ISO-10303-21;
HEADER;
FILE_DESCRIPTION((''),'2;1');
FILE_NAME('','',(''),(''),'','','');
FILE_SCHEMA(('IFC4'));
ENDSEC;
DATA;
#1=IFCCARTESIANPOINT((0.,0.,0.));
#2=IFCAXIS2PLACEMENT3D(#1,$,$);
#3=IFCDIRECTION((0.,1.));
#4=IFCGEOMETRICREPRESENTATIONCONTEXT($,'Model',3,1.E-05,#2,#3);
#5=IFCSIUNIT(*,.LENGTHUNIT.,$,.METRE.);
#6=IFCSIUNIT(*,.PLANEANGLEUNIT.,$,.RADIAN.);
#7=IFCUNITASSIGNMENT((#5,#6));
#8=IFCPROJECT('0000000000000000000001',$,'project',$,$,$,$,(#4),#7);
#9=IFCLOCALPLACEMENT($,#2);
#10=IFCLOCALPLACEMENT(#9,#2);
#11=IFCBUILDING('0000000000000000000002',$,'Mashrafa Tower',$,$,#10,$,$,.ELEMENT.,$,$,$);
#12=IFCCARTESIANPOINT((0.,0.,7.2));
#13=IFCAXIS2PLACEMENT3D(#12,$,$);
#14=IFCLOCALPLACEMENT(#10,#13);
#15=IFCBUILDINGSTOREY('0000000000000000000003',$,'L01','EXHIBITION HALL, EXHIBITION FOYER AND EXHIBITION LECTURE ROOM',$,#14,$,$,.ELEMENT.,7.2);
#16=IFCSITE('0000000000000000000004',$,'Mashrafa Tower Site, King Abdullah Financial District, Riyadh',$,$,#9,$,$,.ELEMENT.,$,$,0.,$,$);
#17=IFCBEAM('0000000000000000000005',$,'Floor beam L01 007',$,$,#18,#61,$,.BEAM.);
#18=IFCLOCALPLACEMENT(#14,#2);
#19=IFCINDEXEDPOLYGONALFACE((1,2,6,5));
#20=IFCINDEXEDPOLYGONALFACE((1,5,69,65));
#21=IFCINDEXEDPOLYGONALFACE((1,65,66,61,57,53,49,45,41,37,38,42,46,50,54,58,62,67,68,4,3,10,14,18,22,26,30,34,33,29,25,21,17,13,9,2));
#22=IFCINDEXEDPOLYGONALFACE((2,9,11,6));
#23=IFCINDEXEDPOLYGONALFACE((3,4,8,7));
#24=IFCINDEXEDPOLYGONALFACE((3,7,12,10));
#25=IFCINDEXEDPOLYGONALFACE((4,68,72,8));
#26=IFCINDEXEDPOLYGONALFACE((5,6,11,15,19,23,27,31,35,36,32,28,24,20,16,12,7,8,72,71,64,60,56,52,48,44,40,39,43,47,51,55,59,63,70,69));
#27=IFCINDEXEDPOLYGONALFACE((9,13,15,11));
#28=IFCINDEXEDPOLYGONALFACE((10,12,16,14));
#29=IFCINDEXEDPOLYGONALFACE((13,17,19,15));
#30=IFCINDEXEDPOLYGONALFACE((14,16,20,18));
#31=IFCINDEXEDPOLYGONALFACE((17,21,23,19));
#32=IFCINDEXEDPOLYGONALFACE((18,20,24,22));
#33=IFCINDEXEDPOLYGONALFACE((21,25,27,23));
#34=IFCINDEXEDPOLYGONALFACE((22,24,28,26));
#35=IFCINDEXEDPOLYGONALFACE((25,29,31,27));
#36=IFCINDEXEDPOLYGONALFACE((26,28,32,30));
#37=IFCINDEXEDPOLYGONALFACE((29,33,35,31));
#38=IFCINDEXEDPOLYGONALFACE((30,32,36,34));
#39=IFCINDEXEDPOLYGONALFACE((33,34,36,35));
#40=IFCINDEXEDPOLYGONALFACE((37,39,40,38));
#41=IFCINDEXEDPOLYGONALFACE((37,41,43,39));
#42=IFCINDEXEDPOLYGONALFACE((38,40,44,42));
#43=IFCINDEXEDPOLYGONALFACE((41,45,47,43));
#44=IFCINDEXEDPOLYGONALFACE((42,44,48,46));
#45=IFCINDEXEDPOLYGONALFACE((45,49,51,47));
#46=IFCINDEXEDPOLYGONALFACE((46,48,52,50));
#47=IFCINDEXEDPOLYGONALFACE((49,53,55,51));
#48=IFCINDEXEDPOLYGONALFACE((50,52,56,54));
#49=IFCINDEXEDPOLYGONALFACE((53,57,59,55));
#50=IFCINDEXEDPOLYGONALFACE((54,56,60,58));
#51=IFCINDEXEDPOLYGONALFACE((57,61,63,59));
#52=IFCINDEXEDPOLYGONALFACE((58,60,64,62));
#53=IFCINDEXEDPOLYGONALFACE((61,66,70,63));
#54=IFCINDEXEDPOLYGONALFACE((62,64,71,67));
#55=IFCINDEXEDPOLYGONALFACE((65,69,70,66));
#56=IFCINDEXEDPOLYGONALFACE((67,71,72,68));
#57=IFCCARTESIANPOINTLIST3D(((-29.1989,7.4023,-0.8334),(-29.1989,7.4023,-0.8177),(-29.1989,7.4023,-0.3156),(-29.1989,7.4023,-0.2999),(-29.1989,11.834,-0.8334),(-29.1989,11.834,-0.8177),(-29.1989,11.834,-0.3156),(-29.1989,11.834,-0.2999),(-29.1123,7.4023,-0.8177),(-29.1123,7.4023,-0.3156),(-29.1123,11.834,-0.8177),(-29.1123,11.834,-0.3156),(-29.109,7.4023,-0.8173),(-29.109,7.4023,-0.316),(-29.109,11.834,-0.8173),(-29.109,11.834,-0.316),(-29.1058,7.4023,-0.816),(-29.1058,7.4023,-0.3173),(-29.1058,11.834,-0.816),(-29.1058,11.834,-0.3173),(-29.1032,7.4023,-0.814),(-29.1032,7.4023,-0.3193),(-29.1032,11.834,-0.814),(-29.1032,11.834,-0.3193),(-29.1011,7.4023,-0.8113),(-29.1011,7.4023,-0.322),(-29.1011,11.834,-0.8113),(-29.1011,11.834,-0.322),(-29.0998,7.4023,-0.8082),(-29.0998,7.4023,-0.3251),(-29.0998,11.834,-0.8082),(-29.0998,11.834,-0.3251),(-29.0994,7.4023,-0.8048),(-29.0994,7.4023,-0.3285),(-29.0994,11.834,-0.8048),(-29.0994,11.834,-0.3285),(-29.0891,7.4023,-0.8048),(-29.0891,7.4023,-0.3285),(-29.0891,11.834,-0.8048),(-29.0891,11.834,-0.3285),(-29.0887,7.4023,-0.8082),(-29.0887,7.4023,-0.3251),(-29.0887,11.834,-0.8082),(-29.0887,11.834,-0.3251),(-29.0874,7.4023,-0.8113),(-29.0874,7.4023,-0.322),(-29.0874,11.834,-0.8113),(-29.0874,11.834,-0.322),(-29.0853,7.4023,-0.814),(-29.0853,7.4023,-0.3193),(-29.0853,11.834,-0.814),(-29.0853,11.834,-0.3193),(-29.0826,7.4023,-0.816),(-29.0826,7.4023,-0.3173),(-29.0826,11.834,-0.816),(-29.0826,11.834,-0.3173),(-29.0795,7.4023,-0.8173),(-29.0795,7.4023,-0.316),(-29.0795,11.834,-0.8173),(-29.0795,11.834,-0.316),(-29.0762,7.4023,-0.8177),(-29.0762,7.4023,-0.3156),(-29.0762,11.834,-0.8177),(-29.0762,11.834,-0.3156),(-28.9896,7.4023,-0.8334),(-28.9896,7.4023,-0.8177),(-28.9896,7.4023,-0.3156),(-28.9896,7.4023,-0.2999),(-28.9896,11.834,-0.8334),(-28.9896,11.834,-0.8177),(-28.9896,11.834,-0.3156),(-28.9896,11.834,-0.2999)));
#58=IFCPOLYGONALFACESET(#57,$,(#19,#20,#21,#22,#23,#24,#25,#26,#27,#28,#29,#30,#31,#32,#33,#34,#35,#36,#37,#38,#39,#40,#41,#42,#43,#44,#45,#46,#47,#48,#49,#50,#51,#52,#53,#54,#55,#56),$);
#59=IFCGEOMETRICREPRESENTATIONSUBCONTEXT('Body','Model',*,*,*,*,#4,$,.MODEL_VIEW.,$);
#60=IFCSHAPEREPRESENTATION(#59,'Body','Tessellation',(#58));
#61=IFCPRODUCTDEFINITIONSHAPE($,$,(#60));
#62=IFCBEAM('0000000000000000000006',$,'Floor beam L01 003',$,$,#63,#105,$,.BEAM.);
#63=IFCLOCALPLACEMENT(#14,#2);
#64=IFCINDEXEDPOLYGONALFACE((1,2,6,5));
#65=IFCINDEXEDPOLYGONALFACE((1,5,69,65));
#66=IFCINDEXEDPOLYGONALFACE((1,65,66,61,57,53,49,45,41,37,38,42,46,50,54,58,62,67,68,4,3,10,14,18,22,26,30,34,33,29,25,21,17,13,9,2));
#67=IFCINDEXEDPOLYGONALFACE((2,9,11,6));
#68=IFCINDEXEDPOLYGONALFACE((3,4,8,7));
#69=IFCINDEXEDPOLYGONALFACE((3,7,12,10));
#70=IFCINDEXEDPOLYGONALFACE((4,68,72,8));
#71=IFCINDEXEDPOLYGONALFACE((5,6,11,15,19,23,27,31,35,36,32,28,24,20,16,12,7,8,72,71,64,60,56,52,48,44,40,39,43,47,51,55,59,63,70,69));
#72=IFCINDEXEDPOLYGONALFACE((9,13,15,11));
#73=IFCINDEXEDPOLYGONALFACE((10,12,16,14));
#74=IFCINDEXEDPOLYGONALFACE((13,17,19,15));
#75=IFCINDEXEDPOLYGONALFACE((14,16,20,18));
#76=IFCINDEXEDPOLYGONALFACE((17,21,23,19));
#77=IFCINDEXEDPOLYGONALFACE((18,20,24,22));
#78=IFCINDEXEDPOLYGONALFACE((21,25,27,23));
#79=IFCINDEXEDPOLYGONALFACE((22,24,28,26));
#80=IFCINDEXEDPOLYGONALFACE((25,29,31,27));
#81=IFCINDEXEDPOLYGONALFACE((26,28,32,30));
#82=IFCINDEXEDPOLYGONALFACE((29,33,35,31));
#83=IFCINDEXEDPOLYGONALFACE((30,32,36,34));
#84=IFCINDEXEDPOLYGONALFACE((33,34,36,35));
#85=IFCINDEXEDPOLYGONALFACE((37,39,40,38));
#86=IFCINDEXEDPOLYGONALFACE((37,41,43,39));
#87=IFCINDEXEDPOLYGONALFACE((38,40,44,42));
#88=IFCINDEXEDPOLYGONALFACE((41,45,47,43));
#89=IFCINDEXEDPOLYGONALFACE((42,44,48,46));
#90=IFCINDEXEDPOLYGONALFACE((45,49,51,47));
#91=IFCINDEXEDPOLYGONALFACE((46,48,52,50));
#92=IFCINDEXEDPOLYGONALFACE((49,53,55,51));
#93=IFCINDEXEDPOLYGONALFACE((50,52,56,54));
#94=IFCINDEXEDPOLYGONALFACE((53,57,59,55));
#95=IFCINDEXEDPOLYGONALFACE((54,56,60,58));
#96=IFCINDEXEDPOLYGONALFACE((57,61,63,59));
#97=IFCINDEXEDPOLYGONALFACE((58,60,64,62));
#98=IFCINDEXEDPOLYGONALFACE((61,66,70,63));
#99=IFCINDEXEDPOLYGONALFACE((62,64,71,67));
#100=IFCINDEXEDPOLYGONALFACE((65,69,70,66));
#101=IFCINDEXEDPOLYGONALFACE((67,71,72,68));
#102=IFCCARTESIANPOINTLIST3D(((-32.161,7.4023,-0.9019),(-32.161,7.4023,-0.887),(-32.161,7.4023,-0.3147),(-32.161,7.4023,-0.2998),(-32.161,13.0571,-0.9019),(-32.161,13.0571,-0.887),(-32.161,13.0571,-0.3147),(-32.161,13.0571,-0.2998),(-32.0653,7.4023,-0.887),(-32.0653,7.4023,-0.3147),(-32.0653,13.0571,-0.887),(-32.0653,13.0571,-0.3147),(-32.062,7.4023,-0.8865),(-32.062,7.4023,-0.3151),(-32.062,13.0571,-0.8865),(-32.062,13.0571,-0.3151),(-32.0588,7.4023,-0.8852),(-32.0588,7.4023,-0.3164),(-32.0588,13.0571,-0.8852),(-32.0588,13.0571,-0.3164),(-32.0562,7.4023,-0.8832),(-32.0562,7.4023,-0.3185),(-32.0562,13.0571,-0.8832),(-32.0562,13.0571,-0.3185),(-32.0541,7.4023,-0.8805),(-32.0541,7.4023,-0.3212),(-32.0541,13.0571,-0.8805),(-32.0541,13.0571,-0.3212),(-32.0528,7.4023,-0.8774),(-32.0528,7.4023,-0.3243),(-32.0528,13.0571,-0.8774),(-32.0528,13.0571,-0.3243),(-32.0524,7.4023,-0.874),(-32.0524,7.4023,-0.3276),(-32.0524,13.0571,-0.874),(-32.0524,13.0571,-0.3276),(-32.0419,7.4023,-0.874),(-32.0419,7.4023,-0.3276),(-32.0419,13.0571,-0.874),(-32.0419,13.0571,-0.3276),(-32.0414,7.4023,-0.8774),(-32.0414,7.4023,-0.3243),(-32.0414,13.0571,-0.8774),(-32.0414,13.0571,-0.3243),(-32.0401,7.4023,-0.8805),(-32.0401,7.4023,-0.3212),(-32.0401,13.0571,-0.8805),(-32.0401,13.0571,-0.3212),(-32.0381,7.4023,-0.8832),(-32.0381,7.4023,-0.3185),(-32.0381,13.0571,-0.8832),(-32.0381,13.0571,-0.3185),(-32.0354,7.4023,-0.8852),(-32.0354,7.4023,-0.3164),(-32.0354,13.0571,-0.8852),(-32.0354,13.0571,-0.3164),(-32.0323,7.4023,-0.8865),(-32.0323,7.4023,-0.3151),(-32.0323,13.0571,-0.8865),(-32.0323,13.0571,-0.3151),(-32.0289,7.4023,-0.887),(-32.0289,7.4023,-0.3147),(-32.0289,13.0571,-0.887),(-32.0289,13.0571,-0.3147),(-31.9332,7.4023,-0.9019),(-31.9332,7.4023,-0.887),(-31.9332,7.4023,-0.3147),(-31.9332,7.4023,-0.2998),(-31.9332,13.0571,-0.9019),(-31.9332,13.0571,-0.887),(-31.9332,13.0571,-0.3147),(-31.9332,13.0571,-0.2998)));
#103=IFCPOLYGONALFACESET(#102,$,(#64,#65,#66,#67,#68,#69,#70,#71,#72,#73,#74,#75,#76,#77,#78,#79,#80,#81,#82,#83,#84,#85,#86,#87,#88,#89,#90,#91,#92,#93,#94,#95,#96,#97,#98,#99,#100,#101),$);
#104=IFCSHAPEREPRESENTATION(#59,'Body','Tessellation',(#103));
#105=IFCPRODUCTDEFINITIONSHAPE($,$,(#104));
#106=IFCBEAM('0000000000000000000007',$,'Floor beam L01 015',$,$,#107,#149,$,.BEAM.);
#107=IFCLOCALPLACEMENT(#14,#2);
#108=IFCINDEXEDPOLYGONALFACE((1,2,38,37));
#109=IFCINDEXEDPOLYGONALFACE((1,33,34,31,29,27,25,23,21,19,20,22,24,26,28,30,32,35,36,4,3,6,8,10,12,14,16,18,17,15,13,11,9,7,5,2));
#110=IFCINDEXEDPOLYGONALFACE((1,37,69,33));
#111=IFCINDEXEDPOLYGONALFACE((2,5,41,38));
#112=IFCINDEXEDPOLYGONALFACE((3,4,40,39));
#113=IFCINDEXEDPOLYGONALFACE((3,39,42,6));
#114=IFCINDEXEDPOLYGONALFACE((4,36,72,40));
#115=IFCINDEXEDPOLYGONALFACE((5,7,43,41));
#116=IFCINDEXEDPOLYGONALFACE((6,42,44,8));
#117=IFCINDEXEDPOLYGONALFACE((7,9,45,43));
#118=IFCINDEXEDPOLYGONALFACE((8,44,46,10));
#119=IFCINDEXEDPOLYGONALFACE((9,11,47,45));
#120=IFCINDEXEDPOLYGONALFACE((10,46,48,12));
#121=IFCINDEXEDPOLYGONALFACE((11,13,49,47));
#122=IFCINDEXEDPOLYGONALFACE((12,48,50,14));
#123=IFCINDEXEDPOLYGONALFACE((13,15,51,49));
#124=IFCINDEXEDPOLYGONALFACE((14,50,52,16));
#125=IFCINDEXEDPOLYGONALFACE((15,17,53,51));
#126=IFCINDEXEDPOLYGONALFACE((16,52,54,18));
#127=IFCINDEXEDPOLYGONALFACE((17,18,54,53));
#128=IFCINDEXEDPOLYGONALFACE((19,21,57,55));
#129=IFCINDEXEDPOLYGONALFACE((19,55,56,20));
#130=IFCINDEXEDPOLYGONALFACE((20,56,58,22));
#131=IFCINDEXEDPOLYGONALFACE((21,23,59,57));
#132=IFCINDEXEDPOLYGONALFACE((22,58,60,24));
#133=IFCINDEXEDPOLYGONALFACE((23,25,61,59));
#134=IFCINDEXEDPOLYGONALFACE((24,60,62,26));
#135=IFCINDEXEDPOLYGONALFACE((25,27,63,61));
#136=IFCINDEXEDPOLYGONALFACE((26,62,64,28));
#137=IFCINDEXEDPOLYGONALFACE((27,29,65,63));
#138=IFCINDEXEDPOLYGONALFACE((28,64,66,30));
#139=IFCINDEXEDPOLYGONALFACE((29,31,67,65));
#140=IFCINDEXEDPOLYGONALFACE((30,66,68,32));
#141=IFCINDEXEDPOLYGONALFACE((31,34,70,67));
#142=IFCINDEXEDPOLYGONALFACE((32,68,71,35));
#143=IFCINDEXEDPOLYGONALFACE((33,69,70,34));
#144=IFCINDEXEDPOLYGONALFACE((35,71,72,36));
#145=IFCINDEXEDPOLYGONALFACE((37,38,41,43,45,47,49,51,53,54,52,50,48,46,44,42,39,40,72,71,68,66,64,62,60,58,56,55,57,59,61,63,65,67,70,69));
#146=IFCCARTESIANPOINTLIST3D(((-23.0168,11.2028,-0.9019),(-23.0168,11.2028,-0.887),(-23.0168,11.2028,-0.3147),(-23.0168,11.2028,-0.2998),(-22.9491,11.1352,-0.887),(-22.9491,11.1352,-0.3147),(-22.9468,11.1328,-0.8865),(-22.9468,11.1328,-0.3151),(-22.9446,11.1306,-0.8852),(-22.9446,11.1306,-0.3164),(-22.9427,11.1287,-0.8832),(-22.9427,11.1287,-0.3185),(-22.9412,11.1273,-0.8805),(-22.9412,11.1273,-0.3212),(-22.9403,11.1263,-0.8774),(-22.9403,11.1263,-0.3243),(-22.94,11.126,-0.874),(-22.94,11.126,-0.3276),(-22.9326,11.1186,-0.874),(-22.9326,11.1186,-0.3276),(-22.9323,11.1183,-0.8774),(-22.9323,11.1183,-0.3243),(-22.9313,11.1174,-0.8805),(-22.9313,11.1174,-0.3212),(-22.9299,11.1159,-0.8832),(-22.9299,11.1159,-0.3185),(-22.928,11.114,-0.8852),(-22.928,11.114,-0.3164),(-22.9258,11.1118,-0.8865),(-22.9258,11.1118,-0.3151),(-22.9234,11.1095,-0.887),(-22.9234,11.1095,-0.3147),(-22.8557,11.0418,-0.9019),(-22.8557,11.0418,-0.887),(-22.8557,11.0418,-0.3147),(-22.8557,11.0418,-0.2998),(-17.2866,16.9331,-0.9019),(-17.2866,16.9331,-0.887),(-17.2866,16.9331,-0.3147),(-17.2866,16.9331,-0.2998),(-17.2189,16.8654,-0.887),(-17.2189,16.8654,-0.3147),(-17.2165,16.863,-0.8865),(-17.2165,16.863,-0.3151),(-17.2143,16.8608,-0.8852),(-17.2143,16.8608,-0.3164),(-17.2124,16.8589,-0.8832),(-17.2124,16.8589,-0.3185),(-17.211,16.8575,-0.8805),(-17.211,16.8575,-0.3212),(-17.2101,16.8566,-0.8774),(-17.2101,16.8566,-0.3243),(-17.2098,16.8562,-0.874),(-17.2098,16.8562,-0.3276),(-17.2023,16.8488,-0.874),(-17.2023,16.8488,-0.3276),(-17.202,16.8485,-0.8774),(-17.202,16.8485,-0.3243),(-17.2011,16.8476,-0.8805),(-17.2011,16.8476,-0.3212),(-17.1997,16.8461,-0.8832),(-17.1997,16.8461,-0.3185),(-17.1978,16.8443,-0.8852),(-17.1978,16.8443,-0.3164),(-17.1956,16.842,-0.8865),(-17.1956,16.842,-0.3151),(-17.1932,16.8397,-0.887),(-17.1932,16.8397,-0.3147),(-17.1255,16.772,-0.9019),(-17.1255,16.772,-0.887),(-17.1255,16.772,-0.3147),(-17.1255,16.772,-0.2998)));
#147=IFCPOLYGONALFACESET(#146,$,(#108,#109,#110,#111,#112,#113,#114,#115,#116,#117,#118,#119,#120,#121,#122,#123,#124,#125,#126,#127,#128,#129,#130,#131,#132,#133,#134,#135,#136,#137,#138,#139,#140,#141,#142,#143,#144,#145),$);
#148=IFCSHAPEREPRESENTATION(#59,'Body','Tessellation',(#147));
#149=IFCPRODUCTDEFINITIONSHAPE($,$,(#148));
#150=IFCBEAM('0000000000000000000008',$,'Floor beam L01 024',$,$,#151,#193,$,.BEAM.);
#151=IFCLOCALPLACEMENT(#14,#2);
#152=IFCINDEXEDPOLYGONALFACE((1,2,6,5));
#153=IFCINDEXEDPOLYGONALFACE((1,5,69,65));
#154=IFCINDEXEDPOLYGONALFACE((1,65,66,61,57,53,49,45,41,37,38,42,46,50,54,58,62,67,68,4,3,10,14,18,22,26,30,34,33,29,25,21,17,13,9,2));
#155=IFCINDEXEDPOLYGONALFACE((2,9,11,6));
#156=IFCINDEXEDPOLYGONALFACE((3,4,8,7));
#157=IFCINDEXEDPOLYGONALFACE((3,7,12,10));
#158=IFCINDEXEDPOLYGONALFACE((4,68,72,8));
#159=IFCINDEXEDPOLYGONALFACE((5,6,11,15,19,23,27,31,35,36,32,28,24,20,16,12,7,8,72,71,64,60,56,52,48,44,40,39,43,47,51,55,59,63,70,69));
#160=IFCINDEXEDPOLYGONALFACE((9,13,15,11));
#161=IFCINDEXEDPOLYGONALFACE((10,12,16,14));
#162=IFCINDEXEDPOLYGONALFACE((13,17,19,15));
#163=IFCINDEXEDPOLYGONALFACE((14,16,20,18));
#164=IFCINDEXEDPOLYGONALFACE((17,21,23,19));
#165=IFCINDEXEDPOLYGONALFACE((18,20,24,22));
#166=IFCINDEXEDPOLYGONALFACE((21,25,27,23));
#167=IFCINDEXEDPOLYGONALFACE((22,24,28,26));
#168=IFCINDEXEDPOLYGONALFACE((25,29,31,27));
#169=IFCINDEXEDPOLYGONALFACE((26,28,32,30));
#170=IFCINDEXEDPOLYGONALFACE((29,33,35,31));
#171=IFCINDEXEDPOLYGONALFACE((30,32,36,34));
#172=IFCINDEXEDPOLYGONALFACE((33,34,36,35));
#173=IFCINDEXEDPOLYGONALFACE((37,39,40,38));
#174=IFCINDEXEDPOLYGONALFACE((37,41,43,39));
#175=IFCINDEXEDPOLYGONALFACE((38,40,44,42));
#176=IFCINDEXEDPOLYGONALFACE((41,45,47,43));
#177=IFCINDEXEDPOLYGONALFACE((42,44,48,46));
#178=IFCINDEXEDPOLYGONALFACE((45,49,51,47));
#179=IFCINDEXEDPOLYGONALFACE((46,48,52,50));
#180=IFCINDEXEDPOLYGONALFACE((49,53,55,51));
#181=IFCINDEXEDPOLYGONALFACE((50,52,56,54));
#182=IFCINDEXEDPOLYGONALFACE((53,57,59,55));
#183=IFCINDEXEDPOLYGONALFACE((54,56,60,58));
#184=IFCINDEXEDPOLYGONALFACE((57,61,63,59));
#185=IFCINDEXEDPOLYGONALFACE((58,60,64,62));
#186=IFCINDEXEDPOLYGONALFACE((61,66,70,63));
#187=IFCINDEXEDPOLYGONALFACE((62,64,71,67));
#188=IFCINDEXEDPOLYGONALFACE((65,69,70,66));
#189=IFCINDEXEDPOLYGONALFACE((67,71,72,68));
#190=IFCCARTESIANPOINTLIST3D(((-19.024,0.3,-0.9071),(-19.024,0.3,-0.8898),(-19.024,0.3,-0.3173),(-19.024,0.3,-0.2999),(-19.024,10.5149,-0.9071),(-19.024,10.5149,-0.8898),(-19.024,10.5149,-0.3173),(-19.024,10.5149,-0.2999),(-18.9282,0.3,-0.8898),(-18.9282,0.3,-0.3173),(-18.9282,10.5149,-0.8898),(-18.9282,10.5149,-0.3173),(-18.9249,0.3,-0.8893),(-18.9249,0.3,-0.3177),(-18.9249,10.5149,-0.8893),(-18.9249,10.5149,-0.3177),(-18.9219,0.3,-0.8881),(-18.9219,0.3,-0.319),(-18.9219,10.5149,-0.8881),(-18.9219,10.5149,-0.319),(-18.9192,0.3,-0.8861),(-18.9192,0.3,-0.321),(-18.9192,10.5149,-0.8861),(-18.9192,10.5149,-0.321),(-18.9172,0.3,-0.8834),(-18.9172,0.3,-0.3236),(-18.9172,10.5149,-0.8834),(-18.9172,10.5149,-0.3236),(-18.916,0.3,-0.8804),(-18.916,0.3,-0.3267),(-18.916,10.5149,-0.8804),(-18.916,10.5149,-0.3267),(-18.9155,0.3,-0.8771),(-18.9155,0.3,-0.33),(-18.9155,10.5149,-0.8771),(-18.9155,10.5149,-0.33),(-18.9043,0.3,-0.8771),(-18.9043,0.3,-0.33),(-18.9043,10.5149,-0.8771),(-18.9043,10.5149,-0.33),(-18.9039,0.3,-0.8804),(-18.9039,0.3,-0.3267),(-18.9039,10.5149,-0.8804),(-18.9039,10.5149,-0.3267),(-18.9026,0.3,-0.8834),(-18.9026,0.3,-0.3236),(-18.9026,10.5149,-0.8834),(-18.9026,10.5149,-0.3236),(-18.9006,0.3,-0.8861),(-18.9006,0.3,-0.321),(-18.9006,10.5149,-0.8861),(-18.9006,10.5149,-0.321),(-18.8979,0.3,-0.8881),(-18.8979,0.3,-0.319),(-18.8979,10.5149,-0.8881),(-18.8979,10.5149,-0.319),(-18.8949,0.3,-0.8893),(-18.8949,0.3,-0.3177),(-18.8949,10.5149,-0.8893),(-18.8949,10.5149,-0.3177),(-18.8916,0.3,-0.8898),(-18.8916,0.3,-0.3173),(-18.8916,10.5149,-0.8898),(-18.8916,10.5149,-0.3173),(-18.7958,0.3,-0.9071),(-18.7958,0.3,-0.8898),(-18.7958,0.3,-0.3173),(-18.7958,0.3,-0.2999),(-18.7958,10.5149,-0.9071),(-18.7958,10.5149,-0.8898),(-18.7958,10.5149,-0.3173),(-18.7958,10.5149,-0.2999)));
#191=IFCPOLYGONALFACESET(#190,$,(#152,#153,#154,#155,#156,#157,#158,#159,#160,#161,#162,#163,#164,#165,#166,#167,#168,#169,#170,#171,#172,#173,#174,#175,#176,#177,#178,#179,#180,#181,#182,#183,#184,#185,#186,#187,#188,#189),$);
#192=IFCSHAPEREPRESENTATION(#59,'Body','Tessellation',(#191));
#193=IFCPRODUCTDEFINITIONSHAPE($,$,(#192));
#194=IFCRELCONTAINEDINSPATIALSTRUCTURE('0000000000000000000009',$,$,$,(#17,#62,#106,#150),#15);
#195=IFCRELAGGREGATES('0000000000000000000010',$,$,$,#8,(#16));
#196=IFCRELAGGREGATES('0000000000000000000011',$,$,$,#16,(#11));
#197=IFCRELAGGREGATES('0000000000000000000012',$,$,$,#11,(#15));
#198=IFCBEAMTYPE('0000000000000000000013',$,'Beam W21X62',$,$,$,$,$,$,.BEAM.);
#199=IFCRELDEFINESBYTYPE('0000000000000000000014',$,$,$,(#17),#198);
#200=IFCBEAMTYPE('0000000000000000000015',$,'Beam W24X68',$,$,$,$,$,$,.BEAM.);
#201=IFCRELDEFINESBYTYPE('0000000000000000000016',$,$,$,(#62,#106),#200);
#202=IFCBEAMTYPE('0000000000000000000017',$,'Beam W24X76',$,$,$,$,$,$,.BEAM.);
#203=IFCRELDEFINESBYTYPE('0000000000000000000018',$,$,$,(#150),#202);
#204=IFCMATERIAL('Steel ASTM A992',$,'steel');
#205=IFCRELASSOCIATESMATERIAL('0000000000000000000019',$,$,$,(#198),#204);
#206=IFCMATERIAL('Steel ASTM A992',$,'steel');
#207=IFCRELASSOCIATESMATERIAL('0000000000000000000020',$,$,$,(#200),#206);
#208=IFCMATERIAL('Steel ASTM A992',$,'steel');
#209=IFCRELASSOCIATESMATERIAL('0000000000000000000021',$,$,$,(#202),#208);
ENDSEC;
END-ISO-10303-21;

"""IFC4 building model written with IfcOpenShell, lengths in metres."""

from ifc_helpers import new_model, si_unit, direction, frame, origin, origin_2d, place, context, subcontext, project, spatial, i_section, extrude, material, material_profile, profile_set, type_object, element, save


model = new_model("IFC4")

# Units and contexts
model_context = context("Model", 3, precision=1e-05, world=origin(), true_north=direction((0.0, 1.0)))
body_context = subcontext(model_context, "Body", "Model", "MODEL_VIEW")
ifc_project = project(units=[si_unit("LENGTHUNIT", "METRE"), si_unit("PLANEANGLEUNIT", "RADIAN")], contexts=[model_context])

# Site, building, storey
site_placement = place(None, origin())
site = spatial("IfcSite", under=ifc_project, at=site_placement, Name="Mashrafa Tower Site, King Abdullah Financial District, Riyadh", CompositionType="ELEMENT", RefElevation=0.0)
building_placement = place(site_placement, origin())
building = spatial("IfcBuilding", under=site, at=building_placement, Name="Mashrafa Tower", CompositionType="ELEMENT")
storey_placement = place(building_placement, frame((0.0, 0.0, 7.2)))
storey = spatial("IfcBuildingStorey", under=building, at=storey_placement, Name="L01", Description="EXHIBITION HALL, EXHIBITION FOYER AND EXHIBITION LECTURE ROOM", CompositionType="ELEMENT", Elevation=7.2)

# Beams
ifc_material_1 = material(Name="Steel ASTM A992", Category="steel")
ifc_material_profile_1 = material_profile(ifc_material_1, i_section(OverallWidth=0.2092, OverallDepth=0.5334, WebThickness=0.0103, FlangeThickness=0.0156, FilletRadius=0.0129, at=origin_2d()), Name="W21X62")
ifc_profile_set_1 = profile_set([ifc_material_profile_1], Name="Steel ASTM A992")
beam_type_1 = type_object("IfcBeamType", Name="Beam W21X62", PredefinedType="BEAM", material=ifc_profile_set_1)
beam_1_placement = place(storey_placement, frame((-29.0942, 7.4023, -0.5667), z_axis=(0.0, 1.0, 0.0), x_axis=(-1.0, 0.0, 0.0)))
element("IfcBeam", 1, at=beam_1_placement, inside=storey, type_object=beam_type_1, Name="Floor beam L01 007", PredefinedType="BEAM", context=body_context, shape_type="SweptSolid", body=[
    extrude(i_section(OverallWidth=0.2092, OverallDepth=0.5334, WebThickness=0.0103, FlangeThickness=0.0156, FilletRadius=0.0129, at=origin_2d()), origin(), (0.0, 0.0, 1.0), 4.4316),
])
ifc_material_2 = material(Name="Steel ASTM A992", Category="steel")
ifc_material_profile_2 = material_profile(ifc_material_2, i_section(OverallWidth=0.2278, OverallDepth=0.6021, WebThickness=0.0105, FlangeThickness=0.0149, FilletRadius=0.0129, at=origin_2d()), Name="W24X68")
ifc_profile_set_2 = profile_set([ifc_material_profile_2], Name="Steel ASTM A992")
beam_type_2 = type_object("IfcBeamType", Name="Beam W24X68", PredefinedType="BEAM", material=ifc_profile_set_2)
beam_2_placement = place(storey_placement, frame((-32.0471, 7.4023, -0.6008), z_axis=(0.0, 1.0, 0.0), x_axis=(-1.0, 0.0, 0.0)))
element("IfcBeam", 2, at=beam_2_placement, inside=storey, type_object=beam_type_2, Name="Floor beam L01 003", PredefinedType="BEAM", context=body_context, shape_type="SweptSolid", body=[
    extrude(i_section(OverallWidth=0.2278, OverallDepth=0.6021, WebThickness=0.0105, FlangeThickness=0.0149, FilletRadius=0.0129, at=origin_2d()), origin(), (0.0, 0.0, 1.0), 5.6548),
])
beam_3_placement = place(storey_placement, frame((-22.9363, 11.1223, -0.6008), z_axis=(0.707107, 0.707107, 0.0), x_axis=(-0.707107, 0.707107, 0.0)))
element("IfcBeam", 3, at=beam_3_placement, inside=storey, type_object=beam_type_2, Name="Floor beam L01 015", PredefinedType="BEAM", context=body_context, shape_type="SweptSolid", body=[
    extrude(i_section(OverallWidth=0.2278, OverallDepth=0.6021, WebThickness=0.0105, FlangeThickness=0.0149, FilletRadius=0.0129, at=origin_2d()), origin(), (0.0, 0.0, 1.0), 8.1038),
])
ifc_material_3 = material(Name="Steel ASTM A992", Category="steel")
ifc_material_profile_3 = material_profile(ifc_material_3, i_section(OverallWidth=0.2283, OverallDepth=0.6072, WebThickness=0.0112, FlangeThickness=0.0173, FilletRadius=0.0127, at=origin_2d()), Name="W24X76")
ifc_profile_set_3 = profile_set([ifc_material_profile_3], Name="Steel ASTM A992")
beam_type_3 = type_object("IfcBeamType", Name="Beam W24X76", PredefinedType="BEAM", material=ifc_profile_set_3)
beam_4_placement = place(storey_placement, frame((-18.9099, 0.3, -0.6035), z_axis=(0.0, 1.0, 0.0), x_axis=(-1.0, 0.0, 0.0)))
element("IfcBeam", 4, at=beam_4_placement, inside=storey, type_object=beam_type_3, Name="Floor beam L01 024", PredefinedType="BEAM", context=body_context, shape_type="SweptSolid", body=[
    extrude(i_section(OverallWidth=0.2283, OverallDepth=0.6072, WebThickness=0.0112, FlangeThickness=0.0173, FilletRadius=0.0127, at=origin_2d()), origin(), (0.0, 0.0, 1.0), 10.2148),
])

save(model, "model.ifc")
